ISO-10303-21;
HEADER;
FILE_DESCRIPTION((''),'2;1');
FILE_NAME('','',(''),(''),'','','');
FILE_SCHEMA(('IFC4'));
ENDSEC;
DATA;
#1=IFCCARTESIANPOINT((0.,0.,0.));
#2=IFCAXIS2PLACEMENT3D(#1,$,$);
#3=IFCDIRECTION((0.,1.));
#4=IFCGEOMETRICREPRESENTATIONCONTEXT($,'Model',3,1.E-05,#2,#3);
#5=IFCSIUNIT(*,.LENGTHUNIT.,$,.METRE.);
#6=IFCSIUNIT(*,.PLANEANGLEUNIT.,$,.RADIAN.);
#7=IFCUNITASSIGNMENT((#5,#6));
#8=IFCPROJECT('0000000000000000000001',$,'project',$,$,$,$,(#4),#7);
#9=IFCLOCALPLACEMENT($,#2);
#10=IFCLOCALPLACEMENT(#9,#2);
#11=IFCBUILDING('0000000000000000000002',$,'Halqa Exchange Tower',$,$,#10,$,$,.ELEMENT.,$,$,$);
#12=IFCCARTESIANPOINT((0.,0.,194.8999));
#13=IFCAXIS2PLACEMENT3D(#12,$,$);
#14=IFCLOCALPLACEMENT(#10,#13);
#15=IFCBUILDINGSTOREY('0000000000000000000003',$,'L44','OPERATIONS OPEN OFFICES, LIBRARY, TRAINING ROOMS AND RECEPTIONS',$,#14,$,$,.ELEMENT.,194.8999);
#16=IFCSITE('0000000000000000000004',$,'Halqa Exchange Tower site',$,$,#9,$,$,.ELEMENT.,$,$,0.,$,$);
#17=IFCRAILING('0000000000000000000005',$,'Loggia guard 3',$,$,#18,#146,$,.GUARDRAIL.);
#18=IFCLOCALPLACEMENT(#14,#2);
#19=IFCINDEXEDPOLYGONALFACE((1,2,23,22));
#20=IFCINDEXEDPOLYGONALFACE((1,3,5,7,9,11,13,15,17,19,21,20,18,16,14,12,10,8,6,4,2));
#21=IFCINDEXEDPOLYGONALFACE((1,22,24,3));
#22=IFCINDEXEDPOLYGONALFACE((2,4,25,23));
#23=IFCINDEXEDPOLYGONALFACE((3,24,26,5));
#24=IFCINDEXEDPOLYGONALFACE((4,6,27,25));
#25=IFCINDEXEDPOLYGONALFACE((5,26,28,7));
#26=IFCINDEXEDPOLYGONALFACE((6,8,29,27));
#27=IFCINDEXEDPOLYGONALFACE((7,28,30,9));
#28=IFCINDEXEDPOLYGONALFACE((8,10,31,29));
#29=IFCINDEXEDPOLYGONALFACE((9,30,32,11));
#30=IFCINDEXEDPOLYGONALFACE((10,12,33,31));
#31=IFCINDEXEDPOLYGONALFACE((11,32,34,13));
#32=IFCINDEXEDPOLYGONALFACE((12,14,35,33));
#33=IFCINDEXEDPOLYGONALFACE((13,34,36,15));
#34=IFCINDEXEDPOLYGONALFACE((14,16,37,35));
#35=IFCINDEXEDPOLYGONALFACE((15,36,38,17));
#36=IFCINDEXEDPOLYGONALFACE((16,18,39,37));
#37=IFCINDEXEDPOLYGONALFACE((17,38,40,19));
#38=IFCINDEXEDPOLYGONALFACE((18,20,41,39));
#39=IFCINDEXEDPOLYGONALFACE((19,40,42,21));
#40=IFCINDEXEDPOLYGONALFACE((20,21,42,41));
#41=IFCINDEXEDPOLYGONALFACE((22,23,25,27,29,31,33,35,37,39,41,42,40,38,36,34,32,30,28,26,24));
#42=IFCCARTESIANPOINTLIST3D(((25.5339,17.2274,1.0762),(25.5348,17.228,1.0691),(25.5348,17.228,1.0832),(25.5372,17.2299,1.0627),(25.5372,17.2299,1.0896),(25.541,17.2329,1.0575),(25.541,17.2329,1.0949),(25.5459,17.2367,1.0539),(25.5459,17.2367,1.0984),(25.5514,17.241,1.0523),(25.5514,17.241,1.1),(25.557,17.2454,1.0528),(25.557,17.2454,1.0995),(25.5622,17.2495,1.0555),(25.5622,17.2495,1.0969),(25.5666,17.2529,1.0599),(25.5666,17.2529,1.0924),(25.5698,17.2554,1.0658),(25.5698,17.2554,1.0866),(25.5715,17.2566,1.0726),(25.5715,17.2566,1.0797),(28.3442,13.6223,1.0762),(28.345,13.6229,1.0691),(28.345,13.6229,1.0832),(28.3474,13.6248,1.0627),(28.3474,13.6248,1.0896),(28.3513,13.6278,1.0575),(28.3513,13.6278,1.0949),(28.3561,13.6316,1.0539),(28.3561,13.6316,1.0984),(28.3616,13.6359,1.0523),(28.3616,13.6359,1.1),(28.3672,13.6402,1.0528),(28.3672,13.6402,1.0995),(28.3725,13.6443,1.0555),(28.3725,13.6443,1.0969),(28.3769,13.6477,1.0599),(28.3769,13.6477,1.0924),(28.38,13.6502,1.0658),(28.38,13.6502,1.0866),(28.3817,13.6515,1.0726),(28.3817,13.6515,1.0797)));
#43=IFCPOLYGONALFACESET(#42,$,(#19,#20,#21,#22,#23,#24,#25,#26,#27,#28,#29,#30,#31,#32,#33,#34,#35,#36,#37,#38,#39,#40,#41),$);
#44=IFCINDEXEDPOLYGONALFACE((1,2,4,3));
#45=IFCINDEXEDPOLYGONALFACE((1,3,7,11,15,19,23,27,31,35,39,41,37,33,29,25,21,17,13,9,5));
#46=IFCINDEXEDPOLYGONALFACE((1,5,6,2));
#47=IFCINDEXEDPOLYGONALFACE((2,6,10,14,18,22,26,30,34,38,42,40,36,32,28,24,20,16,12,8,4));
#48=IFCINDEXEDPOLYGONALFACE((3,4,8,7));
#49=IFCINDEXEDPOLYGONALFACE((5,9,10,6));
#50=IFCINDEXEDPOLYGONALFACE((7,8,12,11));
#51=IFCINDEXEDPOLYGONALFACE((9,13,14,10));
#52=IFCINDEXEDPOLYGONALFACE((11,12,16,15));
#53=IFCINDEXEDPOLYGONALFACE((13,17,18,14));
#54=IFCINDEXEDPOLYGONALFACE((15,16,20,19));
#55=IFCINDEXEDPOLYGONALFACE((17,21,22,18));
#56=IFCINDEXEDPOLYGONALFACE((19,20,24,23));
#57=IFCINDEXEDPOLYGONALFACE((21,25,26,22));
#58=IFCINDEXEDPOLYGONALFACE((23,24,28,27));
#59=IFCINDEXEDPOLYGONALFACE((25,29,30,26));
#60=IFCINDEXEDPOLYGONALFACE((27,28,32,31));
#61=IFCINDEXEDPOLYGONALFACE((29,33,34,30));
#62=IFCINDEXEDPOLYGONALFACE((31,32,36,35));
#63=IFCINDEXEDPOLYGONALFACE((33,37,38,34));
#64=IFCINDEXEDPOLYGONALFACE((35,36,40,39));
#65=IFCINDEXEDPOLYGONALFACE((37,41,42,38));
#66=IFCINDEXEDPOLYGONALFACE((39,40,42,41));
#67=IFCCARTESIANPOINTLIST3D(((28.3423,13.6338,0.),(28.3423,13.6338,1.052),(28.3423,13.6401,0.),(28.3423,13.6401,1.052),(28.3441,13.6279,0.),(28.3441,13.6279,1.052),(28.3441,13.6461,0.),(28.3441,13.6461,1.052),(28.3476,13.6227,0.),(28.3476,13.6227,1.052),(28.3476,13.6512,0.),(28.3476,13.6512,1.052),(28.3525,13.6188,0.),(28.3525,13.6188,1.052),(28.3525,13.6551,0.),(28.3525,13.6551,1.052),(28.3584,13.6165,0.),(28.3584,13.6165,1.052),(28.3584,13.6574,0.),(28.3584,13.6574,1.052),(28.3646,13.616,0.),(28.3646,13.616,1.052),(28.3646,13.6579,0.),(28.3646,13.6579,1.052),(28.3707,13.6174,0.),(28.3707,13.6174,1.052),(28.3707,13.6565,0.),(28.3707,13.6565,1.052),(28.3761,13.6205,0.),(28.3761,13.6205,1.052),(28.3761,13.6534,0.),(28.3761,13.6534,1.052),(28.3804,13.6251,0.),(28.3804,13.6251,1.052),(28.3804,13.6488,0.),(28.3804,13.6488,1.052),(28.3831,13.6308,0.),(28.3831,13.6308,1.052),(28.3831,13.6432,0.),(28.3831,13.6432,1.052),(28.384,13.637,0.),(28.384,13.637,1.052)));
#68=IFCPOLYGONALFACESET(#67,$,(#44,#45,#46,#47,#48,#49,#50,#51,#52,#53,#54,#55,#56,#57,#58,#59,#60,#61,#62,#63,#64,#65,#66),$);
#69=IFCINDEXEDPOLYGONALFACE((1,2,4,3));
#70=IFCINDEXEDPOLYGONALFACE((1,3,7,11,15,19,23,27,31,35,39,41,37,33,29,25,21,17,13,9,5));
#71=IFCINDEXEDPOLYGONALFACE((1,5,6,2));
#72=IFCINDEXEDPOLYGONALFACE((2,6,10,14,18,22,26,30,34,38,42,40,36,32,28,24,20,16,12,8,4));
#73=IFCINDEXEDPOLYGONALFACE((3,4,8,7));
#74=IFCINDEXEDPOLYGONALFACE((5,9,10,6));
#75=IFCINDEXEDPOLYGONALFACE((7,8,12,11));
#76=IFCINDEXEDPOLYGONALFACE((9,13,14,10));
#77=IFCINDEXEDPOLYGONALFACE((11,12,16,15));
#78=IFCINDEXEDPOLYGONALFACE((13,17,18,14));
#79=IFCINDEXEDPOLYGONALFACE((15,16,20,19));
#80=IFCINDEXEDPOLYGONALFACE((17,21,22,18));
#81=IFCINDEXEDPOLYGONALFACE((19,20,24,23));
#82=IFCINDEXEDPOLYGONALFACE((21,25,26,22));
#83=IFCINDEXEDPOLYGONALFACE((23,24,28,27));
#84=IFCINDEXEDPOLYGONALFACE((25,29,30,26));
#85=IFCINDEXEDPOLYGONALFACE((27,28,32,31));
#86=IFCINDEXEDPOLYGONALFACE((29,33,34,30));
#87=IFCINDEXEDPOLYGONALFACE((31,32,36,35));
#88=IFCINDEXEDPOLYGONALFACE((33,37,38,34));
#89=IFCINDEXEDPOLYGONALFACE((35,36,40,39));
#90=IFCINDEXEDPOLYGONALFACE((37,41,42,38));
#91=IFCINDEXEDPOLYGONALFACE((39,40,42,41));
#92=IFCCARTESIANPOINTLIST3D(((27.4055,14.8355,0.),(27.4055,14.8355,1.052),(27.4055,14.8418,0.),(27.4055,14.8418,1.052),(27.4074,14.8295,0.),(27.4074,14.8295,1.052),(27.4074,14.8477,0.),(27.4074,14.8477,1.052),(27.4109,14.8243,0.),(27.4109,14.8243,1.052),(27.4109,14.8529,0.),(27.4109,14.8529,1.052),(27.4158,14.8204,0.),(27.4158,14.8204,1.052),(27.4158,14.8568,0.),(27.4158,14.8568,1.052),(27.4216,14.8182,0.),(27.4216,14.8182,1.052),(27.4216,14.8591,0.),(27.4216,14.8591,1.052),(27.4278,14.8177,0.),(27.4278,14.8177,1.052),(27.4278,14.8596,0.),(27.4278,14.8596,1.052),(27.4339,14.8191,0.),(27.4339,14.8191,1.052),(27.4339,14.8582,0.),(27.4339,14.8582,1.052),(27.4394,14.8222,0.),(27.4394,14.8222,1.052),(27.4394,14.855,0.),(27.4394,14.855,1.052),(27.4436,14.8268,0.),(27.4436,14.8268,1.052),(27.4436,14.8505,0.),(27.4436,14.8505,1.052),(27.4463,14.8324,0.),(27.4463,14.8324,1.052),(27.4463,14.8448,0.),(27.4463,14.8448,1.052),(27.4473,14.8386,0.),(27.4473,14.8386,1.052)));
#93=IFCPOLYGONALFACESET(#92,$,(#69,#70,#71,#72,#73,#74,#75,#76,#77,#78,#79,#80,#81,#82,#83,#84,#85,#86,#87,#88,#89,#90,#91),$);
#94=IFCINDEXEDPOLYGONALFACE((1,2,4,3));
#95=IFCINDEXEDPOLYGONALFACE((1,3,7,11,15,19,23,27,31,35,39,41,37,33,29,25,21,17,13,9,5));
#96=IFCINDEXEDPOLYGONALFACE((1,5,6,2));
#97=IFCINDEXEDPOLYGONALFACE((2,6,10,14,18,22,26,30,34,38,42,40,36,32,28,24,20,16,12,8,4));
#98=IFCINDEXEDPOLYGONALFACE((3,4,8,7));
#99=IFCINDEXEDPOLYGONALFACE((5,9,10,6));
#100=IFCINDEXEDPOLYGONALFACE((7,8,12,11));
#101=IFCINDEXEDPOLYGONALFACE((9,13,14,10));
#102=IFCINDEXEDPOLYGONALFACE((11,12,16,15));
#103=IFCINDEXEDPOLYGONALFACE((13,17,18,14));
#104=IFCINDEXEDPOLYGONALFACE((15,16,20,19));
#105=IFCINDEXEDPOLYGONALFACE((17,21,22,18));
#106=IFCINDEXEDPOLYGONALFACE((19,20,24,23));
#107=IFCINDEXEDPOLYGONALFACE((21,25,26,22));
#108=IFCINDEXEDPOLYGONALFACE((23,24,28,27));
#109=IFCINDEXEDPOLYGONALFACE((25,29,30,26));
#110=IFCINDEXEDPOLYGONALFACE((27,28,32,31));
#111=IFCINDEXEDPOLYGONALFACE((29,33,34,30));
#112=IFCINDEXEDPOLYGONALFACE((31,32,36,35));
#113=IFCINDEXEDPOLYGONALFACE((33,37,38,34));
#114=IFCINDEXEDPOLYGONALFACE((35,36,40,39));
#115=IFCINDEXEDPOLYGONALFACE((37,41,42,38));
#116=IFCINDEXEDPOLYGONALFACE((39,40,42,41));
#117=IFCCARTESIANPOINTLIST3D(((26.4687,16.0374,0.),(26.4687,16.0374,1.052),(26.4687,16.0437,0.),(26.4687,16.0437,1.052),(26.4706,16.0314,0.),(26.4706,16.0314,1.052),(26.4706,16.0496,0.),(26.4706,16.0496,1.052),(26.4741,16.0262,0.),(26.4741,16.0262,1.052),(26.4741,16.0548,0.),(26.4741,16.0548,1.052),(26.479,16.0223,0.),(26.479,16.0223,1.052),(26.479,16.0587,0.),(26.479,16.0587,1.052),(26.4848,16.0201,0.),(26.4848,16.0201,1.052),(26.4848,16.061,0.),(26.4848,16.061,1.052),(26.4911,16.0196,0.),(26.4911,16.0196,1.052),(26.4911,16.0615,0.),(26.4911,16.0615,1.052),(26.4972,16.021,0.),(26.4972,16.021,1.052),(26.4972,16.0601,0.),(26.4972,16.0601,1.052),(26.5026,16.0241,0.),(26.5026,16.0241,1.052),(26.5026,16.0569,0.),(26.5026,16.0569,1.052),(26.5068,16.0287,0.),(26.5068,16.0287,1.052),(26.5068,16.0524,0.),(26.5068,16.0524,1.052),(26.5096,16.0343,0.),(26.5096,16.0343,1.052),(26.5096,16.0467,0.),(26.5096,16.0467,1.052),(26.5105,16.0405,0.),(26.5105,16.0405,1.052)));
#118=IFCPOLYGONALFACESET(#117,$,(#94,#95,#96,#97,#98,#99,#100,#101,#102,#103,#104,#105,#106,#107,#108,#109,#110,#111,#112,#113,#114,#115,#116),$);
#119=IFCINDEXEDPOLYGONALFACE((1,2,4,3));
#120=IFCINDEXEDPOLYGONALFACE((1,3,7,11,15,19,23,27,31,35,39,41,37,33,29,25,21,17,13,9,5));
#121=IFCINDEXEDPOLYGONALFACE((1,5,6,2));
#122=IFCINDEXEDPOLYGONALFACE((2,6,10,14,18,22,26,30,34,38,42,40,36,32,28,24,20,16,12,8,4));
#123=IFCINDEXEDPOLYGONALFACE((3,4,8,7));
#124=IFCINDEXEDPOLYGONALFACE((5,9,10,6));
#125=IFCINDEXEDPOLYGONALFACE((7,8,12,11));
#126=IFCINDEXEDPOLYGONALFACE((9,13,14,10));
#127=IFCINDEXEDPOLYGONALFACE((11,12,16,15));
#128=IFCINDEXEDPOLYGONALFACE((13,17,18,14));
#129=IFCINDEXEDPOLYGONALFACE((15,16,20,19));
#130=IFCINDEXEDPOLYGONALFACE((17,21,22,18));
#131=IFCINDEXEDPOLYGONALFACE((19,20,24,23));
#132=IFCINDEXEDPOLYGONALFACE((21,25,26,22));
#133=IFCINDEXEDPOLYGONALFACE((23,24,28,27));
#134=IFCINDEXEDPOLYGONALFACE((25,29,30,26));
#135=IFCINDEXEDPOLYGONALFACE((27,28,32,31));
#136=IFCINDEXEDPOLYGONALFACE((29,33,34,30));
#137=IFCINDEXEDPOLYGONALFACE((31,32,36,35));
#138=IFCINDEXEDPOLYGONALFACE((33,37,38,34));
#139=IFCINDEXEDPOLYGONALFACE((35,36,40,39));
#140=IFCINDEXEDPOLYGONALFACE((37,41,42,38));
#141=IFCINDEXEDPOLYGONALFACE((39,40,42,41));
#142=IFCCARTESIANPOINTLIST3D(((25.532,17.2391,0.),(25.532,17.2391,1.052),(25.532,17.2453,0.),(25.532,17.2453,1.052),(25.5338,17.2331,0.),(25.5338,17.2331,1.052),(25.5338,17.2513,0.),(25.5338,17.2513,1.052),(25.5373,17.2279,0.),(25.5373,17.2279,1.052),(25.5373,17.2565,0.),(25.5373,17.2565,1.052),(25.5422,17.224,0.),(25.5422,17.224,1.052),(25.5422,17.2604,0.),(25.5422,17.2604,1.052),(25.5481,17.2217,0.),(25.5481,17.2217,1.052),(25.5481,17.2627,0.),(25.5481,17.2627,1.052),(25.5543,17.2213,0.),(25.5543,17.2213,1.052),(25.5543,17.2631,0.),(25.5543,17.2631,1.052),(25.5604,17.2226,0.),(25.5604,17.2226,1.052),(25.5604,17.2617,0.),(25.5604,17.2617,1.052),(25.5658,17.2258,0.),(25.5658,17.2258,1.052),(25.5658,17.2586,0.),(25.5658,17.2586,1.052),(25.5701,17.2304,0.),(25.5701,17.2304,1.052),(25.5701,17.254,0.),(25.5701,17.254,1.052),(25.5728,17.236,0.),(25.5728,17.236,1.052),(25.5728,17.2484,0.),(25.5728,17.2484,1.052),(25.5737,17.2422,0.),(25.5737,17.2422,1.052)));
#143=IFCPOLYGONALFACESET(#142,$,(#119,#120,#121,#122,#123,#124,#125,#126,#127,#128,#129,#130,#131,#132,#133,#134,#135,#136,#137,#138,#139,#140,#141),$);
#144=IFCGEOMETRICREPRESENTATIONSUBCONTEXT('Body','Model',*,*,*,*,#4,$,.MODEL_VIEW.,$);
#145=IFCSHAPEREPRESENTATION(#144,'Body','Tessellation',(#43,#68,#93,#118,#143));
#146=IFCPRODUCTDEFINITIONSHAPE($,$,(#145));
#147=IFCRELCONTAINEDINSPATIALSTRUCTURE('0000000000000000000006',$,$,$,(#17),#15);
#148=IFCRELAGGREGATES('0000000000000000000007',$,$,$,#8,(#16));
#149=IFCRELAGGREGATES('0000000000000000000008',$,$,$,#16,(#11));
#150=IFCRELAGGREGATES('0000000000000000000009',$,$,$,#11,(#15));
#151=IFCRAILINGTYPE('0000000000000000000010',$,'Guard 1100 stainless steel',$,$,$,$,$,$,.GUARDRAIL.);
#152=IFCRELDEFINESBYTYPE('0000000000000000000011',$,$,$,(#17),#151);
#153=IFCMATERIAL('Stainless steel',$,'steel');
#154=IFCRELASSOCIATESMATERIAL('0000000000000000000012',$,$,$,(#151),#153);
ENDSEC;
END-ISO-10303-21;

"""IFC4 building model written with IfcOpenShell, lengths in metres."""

from ifc_helpers import new_model, si_unit, direction, frame, origin, origin_2d, place, context, subcontext, project, spatial, circle, extrude, material, type_object, element, save


model = new_model("IFC4")

# Units and contexts
model_context = context("Model", 3, precision=1e-05, world=origin(), true_north=direction((0.0, 1.0)))
body_context = subcontext(model_context, "Body", "Model", "MODEL_VIEW")
ifc_project = project(units=[si_unit("LENGTHUNIT", "METRE"), si_unit("PLANEANGLEUNIT", "RADIAN")], contexts=[model_context])

# Site, building, storey
site_placement = place(None, origin())
site = spatial("IfcSite", under=ifc_project, at=site_placement, Name="Halqa Exchange Tower site", CompositionType="ELEMENT", RefElevation=0.0)
building_placement = place(site_placement, origin())
building = spatial("IfcBuilding", under=site, at=building_placement, Name="Halqa Exchange Tower", CompositionType="ELEMENT")
storey_placement = place(building_placement, frame((0.0, 0.0, 194.8999)))
storey = spatial("IfcBuildingStorey", under=building, at=storey_placement, Name="L44", Description="OPERATIONS OPEN OFFICES, LIBRARY, TRAINING ROOMS AND RECEPTIONS", CompositionType="ELEMENT", Elevation=194.8999)

# Railing
ifc_material_1 = material(Name="Stainless steel", Category="steel")
railing_type = type_object("IfcRailingType", Name="Guard 1100 stainless steel", PredefinedType="GUARDRAIL", material=ifc_material_1)
railing_1_placement = place(storey_placement, frame((28.363, 13.637, 0.0)))
element("IfcRailing", 1, at=railing_1_placement, inside=storey, type_object=railing_type, Name="Loggia guard 3", PredefinedType="GUARDRAIL", context=body_context, shape_type="SweptSolid", body=[
    extrude(circle(Radius=0.0239, at=origin_2d()), frame((0.0, 0.0, 1.0762), z_axis=(-0.614791, 0.78869, 0.0), x_axis=(-0.78869, -0.614791, 0.0)), (0.0, 0.0, 1.0), 4.571),
    extrude(circle(Radius=0.021, at=origin_2d()), origin(), (0.0, 0.0, 1.0), 1.052),
    extrude(circle(Radius=0.021, at=origin_2d()), frame((-0.9368, 1.2017, 0.0)), (0.0, 0.0, 1.0), 1.052),
    extrude(circle(Radius=0.021, at=origin_2d()), frame((-1.8735, 2.4036, 0.0)), (0.0, 0.0, 1.0), 1.052),
    extrude(circle(Radius=0.021, at=origin_2d()), frame((-2.8103, 3.6052, 0.0)), (0.0, 0.0, 1.0), 1.052),
])

save(model, "model.ifc")
